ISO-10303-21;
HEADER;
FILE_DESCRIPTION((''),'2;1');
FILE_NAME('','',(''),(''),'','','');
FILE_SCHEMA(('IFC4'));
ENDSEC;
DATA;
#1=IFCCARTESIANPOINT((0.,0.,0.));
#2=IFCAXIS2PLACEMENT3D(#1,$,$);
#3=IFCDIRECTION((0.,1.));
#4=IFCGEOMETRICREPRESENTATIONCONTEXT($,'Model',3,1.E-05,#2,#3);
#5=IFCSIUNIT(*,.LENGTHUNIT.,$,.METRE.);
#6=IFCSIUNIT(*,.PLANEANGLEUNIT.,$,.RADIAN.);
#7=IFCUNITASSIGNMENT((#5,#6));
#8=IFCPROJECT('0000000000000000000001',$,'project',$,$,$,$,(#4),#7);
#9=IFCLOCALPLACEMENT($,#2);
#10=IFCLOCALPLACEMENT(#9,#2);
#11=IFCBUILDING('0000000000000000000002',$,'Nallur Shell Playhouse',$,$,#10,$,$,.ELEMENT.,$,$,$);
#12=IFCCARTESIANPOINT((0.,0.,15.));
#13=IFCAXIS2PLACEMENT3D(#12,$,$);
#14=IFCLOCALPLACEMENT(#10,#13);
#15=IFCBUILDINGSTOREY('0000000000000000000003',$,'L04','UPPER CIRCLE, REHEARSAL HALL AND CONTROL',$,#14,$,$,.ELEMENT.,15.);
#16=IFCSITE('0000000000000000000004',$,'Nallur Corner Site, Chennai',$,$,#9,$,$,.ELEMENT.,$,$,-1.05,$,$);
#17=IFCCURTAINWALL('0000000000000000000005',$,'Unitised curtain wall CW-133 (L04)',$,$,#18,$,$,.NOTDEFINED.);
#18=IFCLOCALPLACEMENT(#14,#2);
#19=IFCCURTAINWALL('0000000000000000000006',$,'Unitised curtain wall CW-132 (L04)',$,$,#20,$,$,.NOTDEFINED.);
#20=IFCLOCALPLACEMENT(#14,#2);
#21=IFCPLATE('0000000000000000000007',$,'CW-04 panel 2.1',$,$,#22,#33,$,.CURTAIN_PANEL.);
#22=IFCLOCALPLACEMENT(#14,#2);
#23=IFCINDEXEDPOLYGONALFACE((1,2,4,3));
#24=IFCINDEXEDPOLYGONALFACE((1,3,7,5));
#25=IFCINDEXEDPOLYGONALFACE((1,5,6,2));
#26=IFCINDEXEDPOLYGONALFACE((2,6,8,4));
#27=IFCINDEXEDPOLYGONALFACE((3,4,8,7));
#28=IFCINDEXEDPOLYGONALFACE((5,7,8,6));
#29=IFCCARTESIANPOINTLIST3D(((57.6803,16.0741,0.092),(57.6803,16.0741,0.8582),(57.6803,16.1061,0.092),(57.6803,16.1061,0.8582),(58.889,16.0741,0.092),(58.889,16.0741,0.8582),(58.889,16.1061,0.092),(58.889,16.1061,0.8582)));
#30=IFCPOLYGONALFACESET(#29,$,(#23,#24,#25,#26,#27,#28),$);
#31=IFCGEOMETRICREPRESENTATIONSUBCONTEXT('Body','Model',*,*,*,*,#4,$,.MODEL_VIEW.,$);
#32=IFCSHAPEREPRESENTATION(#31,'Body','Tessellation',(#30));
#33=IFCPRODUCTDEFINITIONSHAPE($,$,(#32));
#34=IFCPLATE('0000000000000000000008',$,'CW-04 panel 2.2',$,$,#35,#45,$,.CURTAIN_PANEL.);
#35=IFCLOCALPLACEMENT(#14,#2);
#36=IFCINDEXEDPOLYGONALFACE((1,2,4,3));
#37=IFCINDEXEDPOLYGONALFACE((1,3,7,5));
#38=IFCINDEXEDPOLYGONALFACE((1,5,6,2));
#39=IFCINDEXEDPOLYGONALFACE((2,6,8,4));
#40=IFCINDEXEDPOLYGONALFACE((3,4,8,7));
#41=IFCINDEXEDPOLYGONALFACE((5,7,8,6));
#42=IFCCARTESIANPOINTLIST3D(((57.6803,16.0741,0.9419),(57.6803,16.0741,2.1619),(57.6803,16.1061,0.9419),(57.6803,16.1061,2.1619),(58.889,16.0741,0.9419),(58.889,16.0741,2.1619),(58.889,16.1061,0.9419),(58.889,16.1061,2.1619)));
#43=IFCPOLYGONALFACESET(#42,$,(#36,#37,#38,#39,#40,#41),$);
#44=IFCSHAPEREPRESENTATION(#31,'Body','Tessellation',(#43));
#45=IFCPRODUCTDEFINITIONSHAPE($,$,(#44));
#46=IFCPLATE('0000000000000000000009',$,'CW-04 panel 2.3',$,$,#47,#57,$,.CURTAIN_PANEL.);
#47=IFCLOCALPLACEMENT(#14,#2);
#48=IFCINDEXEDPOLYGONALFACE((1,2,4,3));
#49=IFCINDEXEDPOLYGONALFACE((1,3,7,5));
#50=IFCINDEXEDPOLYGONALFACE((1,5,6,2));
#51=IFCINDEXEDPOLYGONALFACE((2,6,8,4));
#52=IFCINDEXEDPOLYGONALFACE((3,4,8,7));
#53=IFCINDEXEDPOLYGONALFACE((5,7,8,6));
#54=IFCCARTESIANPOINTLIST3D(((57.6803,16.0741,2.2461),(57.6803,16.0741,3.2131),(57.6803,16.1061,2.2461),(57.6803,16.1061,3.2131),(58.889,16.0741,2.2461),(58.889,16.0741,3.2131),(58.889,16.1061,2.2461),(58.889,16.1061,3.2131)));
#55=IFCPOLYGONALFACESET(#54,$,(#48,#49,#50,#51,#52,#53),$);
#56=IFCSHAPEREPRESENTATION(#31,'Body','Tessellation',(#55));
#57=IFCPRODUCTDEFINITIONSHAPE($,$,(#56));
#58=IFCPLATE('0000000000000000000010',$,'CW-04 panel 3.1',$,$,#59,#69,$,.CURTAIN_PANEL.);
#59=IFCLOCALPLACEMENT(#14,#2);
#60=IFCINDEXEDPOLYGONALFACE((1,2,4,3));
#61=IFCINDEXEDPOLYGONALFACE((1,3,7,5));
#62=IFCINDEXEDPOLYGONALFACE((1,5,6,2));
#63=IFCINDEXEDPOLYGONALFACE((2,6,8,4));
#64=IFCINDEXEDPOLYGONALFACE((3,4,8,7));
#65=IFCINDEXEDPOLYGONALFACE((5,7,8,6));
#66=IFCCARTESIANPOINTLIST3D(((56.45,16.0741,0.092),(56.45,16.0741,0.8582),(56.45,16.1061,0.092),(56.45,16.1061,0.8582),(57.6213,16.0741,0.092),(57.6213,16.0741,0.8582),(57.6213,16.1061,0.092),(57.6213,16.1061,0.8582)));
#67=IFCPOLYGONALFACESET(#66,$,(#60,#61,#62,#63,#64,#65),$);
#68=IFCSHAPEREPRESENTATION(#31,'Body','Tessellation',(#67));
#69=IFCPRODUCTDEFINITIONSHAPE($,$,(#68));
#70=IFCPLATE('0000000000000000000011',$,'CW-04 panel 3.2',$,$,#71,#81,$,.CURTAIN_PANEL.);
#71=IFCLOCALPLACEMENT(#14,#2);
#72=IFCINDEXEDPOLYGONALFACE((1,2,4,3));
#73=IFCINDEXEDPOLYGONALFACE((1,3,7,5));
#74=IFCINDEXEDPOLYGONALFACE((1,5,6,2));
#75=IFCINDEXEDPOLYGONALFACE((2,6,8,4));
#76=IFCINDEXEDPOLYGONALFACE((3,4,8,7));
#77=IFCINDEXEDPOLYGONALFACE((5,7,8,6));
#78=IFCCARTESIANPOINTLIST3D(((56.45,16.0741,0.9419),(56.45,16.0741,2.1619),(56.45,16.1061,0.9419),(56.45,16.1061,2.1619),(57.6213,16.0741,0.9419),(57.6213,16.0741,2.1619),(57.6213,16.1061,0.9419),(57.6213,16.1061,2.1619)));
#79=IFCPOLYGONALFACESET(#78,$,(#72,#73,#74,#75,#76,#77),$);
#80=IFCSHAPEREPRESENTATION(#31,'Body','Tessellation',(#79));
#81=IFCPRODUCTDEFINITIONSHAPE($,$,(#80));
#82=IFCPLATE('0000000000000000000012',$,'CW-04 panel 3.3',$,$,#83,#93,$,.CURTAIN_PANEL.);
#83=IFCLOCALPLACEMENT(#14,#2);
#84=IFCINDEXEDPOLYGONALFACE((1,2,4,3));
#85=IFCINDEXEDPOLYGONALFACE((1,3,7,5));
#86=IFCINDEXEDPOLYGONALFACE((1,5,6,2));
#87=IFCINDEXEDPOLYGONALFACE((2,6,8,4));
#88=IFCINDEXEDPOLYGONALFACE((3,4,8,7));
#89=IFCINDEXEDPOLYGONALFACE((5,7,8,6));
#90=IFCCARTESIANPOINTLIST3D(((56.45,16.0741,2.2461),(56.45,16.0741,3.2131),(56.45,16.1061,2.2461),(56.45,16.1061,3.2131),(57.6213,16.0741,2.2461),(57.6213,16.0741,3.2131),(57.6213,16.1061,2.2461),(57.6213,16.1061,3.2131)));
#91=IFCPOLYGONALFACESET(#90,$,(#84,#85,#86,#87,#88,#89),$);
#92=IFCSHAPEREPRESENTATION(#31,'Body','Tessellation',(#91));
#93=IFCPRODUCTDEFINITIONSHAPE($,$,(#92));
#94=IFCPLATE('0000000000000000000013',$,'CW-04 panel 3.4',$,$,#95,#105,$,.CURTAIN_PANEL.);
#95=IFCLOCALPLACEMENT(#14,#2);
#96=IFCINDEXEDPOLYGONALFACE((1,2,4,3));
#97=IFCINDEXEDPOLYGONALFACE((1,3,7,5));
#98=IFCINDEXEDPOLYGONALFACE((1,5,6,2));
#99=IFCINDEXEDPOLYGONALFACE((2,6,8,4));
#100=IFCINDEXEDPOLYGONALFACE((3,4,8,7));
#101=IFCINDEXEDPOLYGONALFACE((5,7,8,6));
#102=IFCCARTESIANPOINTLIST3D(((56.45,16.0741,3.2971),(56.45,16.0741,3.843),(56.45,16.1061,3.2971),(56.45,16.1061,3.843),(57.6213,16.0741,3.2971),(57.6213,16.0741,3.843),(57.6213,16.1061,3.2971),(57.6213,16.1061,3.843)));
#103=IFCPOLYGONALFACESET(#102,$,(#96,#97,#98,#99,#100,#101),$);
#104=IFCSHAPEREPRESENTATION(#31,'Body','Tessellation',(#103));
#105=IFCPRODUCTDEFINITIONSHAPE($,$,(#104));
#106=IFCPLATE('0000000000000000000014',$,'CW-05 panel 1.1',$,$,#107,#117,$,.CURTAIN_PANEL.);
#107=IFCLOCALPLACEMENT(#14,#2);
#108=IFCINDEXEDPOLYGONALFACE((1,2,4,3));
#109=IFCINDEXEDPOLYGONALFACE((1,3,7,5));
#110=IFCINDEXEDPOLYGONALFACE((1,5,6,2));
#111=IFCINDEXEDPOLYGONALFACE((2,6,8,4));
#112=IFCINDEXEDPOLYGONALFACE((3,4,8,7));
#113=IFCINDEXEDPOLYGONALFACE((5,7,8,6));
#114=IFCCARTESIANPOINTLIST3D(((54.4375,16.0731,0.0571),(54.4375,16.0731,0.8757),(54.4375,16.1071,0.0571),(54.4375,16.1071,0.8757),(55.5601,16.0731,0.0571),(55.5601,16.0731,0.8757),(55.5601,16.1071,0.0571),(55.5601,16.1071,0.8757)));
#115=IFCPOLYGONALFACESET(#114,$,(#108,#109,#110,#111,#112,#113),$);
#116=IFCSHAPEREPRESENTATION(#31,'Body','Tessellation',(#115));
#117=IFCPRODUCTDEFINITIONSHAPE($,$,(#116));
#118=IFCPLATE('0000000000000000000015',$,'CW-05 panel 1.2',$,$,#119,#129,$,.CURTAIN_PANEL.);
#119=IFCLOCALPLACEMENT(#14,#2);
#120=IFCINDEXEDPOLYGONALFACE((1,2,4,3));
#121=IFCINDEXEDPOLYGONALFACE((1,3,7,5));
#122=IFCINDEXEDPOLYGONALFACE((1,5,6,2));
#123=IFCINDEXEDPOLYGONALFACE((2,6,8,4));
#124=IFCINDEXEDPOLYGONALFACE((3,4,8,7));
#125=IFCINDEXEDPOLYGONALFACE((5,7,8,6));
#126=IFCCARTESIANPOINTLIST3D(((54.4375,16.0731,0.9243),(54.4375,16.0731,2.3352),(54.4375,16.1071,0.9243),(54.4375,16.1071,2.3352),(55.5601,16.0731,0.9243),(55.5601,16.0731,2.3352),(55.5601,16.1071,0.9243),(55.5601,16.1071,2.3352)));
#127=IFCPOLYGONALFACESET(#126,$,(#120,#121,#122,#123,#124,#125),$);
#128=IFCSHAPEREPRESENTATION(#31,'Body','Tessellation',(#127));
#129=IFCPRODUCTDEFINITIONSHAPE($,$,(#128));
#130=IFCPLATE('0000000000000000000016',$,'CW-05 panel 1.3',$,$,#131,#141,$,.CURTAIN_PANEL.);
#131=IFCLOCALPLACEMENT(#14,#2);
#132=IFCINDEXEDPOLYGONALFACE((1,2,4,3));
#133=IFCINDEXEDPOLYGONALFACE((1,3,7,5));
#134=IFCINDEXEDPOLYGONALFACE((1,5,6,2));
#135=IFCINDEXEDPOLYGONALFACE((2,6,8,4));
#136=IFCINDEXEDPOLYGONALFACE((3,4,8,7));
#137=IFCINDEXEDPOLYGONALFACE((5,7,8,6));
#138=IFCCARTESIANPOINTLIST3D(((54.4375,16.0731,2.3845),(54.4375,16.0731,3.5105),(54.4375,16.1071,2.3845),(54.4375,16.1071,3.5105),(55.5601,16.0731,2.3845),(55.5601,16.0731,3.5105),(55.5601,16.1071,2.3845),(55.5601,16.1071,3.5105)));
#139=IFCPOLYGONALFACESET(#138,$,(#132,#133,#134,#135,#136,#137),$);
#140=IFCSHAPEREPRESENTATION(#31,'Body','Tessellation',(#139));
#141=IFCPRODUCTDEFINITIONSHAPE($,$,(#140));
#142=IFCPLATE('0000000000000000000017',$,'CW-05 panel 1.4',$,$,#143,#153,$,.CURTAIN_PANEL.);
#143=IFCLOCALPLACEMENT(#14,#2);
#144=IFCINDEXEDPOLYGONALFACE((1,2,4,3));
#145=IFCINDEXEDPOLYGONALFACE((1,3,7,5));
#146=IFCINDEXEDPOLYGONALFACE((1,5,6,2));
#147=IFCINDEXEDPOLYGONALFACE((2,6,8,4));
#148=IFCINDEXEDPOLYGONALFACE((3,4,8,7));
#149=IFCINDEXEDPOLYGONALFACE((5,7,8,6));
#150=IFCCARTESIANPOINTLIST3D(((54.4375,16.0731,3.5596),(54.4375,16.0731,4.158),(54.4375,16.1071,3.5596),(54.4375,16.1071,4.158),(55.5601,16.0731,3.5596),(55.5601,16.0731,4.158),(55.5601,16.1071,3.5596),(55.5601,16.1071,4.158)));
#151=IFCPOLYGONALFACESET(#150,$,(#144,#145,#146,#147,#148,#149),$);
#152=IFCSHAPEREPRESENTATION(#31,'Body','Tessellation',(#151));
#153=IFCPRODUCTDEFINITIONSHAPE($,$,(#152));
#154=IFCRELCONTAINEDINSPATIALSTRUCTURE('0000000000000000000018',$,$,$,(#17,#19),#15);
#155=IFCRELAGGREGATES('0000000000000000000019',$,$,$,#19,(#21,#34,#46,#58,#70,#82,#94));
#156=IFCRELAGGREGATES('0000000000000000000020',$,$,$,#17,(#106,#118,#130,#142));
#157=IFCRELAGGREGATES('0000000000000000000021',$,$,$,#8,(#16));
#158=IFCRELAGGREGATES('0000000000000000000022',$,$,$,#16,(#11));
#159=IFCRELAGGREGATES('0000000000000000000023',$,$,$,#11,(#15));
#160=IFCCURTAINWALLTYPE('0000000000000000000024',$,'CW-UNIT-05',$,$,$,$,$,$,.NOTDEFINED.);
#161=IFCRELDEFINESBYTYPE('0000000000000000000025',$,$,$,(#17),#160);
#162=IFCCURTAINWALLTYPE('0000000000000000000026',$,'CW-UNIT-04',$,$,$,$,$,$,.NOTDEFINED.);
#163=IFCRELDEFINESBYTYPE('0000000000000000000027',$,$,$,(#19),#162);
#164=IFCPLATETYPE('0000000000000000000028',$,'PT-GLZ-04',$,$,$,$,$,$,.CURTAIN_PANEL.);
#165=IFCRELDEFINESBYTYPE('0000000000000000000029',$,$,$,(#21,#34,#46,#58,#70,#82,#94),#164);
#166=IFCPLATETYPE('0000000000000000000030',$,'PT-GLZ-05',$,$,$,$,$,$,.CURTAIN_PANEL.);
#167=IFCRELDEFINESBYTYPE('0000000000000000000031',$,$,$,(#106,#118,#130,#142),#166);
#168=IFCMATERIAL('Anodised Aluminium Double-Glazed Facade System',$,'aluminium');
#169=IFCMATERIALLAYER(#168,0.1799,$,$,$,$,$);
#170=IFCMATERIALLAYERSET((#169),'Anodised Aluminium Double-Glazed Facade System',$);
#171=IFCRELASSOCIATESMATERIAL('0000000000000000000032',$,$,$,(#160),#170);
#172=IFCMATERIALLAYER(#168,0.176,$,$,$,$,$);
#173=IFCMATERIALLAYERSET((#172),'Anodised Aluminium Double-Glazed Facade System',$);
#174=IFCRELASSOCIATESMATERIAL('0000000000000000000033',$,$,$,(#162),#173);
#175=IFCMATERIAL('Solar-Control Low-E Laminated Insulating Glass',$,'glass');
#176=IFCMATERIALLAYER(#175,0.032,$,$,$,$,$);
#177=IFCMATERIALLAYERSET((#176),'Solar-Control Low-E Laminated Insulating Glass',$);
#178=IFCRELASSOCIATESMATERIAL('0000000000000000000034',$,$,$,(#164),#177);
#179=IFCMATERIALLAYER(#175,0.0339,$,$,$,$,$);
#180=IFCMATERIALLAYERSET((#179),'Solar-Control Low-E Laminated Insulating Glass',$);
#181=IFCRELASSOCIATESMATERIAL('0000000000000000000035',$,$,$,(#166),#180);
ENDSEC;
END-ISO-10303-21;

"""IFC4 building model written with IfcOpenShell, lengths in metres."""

from ifc_helpers import new_model, si_unit, direction, frame, origin, origin_2d, place, context, subcontext, project, spatial, rectangle, extrude, material, layer, layer_set, type_object, element, aggregate, save


model = new_model("IFC4")

# Units and contexts
model_context = context("Model", 3, precision=1e-05, world=origin(), true_north=direction((0.0, 1.0)))
body_context = subcontext(model_context, "Body", "Model", "MODEL_VIEW")
ifc_project = project(units=[si_unit("LENGTHUNIT", "METRE"), si_unit("PLANEANGLEUNIT", "RADIAN")], contexts=[model_context])

# Site, building, storey
site_placement = place(None, origin())
site = spatial("IfcSite", under=ifc_project, at=site_placement, Name="Nallur Corner Site, Chennai", CompositionType="ELEMENT", RefElevation=-1.05)
building_placement = place(site_placement, origin())
building = spatial("IfcBuilding", under=site, at=building_placement, Name="Nallur Shell Playhouse", CompositionType="ELEMENT")
storey_placement = place(building_placement, frame((0.0, 0.0, 15.0)))
storey = spatial("IfcBuildingStorey", under=building, at=storey_placement, Name="L04", Description="UPPER CIRCLE, REHEARSAL HALL AND CONTROL", CompositionType="ELEMENT", Elevation=15.0)

# Curtain walls
ifc_material_1 = material(Name="Anodised Aluminium Double-Glazed Facade System", Category="aluminium")
ifc_layer_1 = layer(ifc_material_1, 0.1799)
ifc_layer_set_1 = layer_set([ifc_layer_1], Name="Anodised Aluminium Double-Glazed Facade System")
curtain_wall_type_1 = type_object("IfcCurtainWallType", Name="CW-UNIT-05", PredefinedType="NOTDEFINED", material=ifc_layer_set_1)
curtain_wall_1_placement = place(storey_placement, origin())
curtain_wall_1 = element("IfcCurtainWall", 1, at=curtain_wall_1_placement, inside=storey, type_object=curtain_wall_type_1, Name="Unitised curtain wall CW-133 (L04)", PredefinedType="NOTDEFINED")
ifc_layer_2 = layer(ifc_material_1, 0.176)
ifc_layer_set_2 = layer_set([ifc_layer_2], Name="Anodised Aluminium Double-Glazed Facade System")
curtain_wall_type_2 = type_object("IfcCurtainWallType", Name="CW-UNIT-04", PredefinedType="NOTDEFINED", material=ifc_layer_set_2)
curtain_wall_2_placement = place(storey_placement, origin())
curtain_wall_2 = element("IfcCurtainWall", 2, at=curtain_wall_2_placement, inside=storey, type_object=curtain_wall_type_2, Name="Unitised curtain wall CW-132 (L04)", PredefinedType="NOTDEFINED")

# Plates
ifc_material_2 = material(Name="Solar-Control Low-E Laminated Insulating Glass", Category="glass")
ifc_layer_3 = layer(ifc_material_2, 0.032)
ifc_layer_set_3 = layer_set([ifc_layer_3], Name="Solar-Control Low-E Laminated Insulating Glass")
plate_type_1 = type_object("IfcPlateType", Name="PT-GLZ-04", PredefinedType="CURTAIN_PANEL", material=ifc_layer_set_3)
plate_1_placement = place(storey_placement, frame((58.2847, 16.0901, 0.092), z_axis=(0.0, 0.0, 1.0), x_axis=(-1.0, 0.0, 0.0)))
plate_1 = element("IfcPlate", 3, at=plate_1_placement, type_object=plate_type_1, Name="CW-04 panel 2.1", PredefinedType="CURTAIN_PANEL", context=body_context, shape_type="SweptSolid", body=[
    extrude(rectangle(XDim=1.2087, YDim=0.032, at=origin_2d()), origin(), (0.0, 0.0, 1.0), 0.7661),
])
plate_2_placement = place(storey_placement, frame((58.2847, 16.0901, 0.9419), z_axis=(0.0, 0.0, 1.0), x_axis=(-1.0, 0.0, 0.0)))
plate_2 = element("IfcPlate", 4, at=plate_2_placement, type_object=plate_type_1, Name="CW-04 panel 2.2", PredefinedType="CURTAIN_PANEL", context=body_context, shape_type="SweptSolid", body=[
    extrude(rectangle(XDim=1.2087, YDim=0.032, at=origin_2d()), origin(), (0.0, 0.0, 1.0), 1.22),
])
plate_3_placement = place(storey_placement, frame((58.2847, 16.0901, 2.2461), z_axis=(0.0, 0.0, 1.0), x_axis=(-1.0, 0.0, 0.0)))
plate_3 = element("IfcPlate", 5, at=plate_3_placement, type_object=plate_type_1, Name="CW-04 panel 2.3", PredefinedType="CURTAIN_PANEL", context=body_context, shape_type="SweptSolid", body=[
    extrude(rectangle(XDim=1.2087, YDim=0.032, at=origin_2d()), origin(), (0.0, 0.0, 1.0), 0.967),
])
plate_4_placement = place(storey_placement, frame((57.0356, 16.0901, 0.092), z_axis=(0.0, 0.0, 1.0), x_axis=(-1.0, 0.0, 0.0)))
plate_4 = element("IfcPlate", 6, at=plate_4_placement, type_object=plate_type_1, Name="CW-04 panel 3.1", PredefinedType="CURTAIN_PANEL", context=body_context, shape_type="SweptSolid", body=[
    extrude(rectangle(XDim=1.1714, YDim=0.032, at=origin_2d()), origin(), (0.0, 0.0, 1.0), 0.7661),
])
plate_5_placement = place(storey_placement, frame((57.0356, 16.0901, 0.9419), z_axis=(0.0, 0.0, 1.0), x_axis=(-1.0, 0.0, 0.0)))
plate_5 = element("IfcPlate", 7, at=plate_5_placement, type_object=plate_type_1, Name="CW-04 panel 3.2", PredefinedType="CURTAIN_PANEL", context=body_context, shape_type="SweptSolid", body=[
    extrude(rectangle(XDim=1.1714, YDim=0.032, at=origin_2d()), origin(), (0.0, 0.0, 1.0), 1.22),
])
plate_6_placement = place(storey_placement, frame((57.0356, 16.0901, 2.2461), z_axis=(0.0, 0.0, 1.0), x_axis=(-1.0, 0.0, 0.0)))
plate_6 = element("IfcPlate", 8, at=plate_6_placement, type_object=plate_type_1, Name="CW-04 panel 3.3", PredefinedType="CURTAIN_PANEL", context=body_context, shape_type="SweptSolid", body=[
    extrude(rectangle(XDim=1.1714, YDim=0.032, at=origin_2d()), origin(), (0.0, 0.0, 1.0), 0.967),
])
plate_7_placement = place(storey_placement, frame((57.0356, 16.0901, 3.2971), z_axis=(0.0, 0.0, 1.0), x_axis=(-1.0, 0.0, 0.0)))
plate_7 = element("IfcPlate", 9, at=plate_7_placement, type_object=plate_type_1, Name="CW-04 panel 3.4", PredefinedType="CURTAIN_PANEL", context=body_context, shape_type="SweptSolid", body=[
    extrude(rectangle(XDim=1.1714, YDim=0.032, at=origin_2d()), origin(), (0.0, 0.0, 1.0), 0.5459),
])
aggregate(curtain_wall_2, [plate_1, plate_2, plate_3, plate_4, plate_5, plate_6, plate_7])
ifc_layer_4 = layer(ifc_material_2, 0.0339)
ifc_layer_set_4 = layer_set([ifc_layer_4], Name="Solar-Control Low-E Laminated Insulating Glass")
plate_type_2 = type_object("IfcPlateType", Name="PT-GLZ-05", PredefinedType="CURTAIN_PANEL", material=ifc_layer_set_4)
plate_8_placement = place(storey_placement, frame((54.9988, 16.0901, 0.0571), z_axis=(0.0, 0.0, 1.0), x_axis=(-1.0, 0.0, 0.0)))
plate_8 = element("IfcPlate", 10, at=plate_8_placement, type_object=plate_type_2, Name="CW-05 panel 1.1", PredefinedType="CURTAIN_PANEL", context=body_context, shape_type="SweptSolid", body=[
    extrude(rectangle(XDim=1.1226, YDim=0.0339, at=origin_2d()), origin(), (0.0, 0.0, 1.0), 0.8186),
])
plate_9_placement = place(storey_placement, frame((54.9988, 16.0901, 0.9243), z_axis=(0.0, 0.0, 1.0), x_axis=(-1.0, 0.0, 0.0)))
plate_9 = element("IfcPlate", 11, at=plate_9_placement, type_object=plate_type_2, Name="CW-05 panel 1.2", PredefinedType="CURTAIN_PANEL", context=body_context, shape_type="SweptSolid", body=[
    extrude(rectangle(XDim=1.1226, YDim=0.0339, at=origin_2d()), origin(), (0.0, 0.0, 1.0), 1.4109),
])
plate_10_placement = place(storey_placement, frame((54.9988, 16.0901, 2.3845), z_axis=(0.0, 0.0, 1.0), x_axis=(-1.0, 0.0, 0.0)))
plate_10 = element("IfcPlate", 12, at=plate_10_placement, type_object=plate_type_2, Name="CW-05 panel 1.3", PredefinedType="CURTAIN_PANEL", context=body_context, shape_type="SweptSolid", body=[
    extrude(rectangle(XDim=1.1226, YDim=0.0339, at=origin_2d()), origin(), (0.0, 0.0, 1.0), 1.126),
])
plate_11_placement = place(storey_placement, frame((54.9988, 16.0901, 3.5596), z_axis=(0.0, 0.0, 1.0), x_axis=(-1.0, 0.0, 0.0)))
plate_11 = element("IfcPlate", 13, at=plate_11_placement, type_object=plate_type_2, Name="CW-05 panel 1.4", PredefinedType="CURTAIN_PANEL", context=body_context, shape_type="SweptSolid", body=[
    extrude(rectangle(XDim=1.1226, YDim=0.0339, at=origin_2d()), origin(), (0.0, 0.0, 1.0), 0.5984),
])
aggregate(curtain_wall_1, [plate_8, plate_9, plate_10, plate_11])

save(model, "model.ifc")
